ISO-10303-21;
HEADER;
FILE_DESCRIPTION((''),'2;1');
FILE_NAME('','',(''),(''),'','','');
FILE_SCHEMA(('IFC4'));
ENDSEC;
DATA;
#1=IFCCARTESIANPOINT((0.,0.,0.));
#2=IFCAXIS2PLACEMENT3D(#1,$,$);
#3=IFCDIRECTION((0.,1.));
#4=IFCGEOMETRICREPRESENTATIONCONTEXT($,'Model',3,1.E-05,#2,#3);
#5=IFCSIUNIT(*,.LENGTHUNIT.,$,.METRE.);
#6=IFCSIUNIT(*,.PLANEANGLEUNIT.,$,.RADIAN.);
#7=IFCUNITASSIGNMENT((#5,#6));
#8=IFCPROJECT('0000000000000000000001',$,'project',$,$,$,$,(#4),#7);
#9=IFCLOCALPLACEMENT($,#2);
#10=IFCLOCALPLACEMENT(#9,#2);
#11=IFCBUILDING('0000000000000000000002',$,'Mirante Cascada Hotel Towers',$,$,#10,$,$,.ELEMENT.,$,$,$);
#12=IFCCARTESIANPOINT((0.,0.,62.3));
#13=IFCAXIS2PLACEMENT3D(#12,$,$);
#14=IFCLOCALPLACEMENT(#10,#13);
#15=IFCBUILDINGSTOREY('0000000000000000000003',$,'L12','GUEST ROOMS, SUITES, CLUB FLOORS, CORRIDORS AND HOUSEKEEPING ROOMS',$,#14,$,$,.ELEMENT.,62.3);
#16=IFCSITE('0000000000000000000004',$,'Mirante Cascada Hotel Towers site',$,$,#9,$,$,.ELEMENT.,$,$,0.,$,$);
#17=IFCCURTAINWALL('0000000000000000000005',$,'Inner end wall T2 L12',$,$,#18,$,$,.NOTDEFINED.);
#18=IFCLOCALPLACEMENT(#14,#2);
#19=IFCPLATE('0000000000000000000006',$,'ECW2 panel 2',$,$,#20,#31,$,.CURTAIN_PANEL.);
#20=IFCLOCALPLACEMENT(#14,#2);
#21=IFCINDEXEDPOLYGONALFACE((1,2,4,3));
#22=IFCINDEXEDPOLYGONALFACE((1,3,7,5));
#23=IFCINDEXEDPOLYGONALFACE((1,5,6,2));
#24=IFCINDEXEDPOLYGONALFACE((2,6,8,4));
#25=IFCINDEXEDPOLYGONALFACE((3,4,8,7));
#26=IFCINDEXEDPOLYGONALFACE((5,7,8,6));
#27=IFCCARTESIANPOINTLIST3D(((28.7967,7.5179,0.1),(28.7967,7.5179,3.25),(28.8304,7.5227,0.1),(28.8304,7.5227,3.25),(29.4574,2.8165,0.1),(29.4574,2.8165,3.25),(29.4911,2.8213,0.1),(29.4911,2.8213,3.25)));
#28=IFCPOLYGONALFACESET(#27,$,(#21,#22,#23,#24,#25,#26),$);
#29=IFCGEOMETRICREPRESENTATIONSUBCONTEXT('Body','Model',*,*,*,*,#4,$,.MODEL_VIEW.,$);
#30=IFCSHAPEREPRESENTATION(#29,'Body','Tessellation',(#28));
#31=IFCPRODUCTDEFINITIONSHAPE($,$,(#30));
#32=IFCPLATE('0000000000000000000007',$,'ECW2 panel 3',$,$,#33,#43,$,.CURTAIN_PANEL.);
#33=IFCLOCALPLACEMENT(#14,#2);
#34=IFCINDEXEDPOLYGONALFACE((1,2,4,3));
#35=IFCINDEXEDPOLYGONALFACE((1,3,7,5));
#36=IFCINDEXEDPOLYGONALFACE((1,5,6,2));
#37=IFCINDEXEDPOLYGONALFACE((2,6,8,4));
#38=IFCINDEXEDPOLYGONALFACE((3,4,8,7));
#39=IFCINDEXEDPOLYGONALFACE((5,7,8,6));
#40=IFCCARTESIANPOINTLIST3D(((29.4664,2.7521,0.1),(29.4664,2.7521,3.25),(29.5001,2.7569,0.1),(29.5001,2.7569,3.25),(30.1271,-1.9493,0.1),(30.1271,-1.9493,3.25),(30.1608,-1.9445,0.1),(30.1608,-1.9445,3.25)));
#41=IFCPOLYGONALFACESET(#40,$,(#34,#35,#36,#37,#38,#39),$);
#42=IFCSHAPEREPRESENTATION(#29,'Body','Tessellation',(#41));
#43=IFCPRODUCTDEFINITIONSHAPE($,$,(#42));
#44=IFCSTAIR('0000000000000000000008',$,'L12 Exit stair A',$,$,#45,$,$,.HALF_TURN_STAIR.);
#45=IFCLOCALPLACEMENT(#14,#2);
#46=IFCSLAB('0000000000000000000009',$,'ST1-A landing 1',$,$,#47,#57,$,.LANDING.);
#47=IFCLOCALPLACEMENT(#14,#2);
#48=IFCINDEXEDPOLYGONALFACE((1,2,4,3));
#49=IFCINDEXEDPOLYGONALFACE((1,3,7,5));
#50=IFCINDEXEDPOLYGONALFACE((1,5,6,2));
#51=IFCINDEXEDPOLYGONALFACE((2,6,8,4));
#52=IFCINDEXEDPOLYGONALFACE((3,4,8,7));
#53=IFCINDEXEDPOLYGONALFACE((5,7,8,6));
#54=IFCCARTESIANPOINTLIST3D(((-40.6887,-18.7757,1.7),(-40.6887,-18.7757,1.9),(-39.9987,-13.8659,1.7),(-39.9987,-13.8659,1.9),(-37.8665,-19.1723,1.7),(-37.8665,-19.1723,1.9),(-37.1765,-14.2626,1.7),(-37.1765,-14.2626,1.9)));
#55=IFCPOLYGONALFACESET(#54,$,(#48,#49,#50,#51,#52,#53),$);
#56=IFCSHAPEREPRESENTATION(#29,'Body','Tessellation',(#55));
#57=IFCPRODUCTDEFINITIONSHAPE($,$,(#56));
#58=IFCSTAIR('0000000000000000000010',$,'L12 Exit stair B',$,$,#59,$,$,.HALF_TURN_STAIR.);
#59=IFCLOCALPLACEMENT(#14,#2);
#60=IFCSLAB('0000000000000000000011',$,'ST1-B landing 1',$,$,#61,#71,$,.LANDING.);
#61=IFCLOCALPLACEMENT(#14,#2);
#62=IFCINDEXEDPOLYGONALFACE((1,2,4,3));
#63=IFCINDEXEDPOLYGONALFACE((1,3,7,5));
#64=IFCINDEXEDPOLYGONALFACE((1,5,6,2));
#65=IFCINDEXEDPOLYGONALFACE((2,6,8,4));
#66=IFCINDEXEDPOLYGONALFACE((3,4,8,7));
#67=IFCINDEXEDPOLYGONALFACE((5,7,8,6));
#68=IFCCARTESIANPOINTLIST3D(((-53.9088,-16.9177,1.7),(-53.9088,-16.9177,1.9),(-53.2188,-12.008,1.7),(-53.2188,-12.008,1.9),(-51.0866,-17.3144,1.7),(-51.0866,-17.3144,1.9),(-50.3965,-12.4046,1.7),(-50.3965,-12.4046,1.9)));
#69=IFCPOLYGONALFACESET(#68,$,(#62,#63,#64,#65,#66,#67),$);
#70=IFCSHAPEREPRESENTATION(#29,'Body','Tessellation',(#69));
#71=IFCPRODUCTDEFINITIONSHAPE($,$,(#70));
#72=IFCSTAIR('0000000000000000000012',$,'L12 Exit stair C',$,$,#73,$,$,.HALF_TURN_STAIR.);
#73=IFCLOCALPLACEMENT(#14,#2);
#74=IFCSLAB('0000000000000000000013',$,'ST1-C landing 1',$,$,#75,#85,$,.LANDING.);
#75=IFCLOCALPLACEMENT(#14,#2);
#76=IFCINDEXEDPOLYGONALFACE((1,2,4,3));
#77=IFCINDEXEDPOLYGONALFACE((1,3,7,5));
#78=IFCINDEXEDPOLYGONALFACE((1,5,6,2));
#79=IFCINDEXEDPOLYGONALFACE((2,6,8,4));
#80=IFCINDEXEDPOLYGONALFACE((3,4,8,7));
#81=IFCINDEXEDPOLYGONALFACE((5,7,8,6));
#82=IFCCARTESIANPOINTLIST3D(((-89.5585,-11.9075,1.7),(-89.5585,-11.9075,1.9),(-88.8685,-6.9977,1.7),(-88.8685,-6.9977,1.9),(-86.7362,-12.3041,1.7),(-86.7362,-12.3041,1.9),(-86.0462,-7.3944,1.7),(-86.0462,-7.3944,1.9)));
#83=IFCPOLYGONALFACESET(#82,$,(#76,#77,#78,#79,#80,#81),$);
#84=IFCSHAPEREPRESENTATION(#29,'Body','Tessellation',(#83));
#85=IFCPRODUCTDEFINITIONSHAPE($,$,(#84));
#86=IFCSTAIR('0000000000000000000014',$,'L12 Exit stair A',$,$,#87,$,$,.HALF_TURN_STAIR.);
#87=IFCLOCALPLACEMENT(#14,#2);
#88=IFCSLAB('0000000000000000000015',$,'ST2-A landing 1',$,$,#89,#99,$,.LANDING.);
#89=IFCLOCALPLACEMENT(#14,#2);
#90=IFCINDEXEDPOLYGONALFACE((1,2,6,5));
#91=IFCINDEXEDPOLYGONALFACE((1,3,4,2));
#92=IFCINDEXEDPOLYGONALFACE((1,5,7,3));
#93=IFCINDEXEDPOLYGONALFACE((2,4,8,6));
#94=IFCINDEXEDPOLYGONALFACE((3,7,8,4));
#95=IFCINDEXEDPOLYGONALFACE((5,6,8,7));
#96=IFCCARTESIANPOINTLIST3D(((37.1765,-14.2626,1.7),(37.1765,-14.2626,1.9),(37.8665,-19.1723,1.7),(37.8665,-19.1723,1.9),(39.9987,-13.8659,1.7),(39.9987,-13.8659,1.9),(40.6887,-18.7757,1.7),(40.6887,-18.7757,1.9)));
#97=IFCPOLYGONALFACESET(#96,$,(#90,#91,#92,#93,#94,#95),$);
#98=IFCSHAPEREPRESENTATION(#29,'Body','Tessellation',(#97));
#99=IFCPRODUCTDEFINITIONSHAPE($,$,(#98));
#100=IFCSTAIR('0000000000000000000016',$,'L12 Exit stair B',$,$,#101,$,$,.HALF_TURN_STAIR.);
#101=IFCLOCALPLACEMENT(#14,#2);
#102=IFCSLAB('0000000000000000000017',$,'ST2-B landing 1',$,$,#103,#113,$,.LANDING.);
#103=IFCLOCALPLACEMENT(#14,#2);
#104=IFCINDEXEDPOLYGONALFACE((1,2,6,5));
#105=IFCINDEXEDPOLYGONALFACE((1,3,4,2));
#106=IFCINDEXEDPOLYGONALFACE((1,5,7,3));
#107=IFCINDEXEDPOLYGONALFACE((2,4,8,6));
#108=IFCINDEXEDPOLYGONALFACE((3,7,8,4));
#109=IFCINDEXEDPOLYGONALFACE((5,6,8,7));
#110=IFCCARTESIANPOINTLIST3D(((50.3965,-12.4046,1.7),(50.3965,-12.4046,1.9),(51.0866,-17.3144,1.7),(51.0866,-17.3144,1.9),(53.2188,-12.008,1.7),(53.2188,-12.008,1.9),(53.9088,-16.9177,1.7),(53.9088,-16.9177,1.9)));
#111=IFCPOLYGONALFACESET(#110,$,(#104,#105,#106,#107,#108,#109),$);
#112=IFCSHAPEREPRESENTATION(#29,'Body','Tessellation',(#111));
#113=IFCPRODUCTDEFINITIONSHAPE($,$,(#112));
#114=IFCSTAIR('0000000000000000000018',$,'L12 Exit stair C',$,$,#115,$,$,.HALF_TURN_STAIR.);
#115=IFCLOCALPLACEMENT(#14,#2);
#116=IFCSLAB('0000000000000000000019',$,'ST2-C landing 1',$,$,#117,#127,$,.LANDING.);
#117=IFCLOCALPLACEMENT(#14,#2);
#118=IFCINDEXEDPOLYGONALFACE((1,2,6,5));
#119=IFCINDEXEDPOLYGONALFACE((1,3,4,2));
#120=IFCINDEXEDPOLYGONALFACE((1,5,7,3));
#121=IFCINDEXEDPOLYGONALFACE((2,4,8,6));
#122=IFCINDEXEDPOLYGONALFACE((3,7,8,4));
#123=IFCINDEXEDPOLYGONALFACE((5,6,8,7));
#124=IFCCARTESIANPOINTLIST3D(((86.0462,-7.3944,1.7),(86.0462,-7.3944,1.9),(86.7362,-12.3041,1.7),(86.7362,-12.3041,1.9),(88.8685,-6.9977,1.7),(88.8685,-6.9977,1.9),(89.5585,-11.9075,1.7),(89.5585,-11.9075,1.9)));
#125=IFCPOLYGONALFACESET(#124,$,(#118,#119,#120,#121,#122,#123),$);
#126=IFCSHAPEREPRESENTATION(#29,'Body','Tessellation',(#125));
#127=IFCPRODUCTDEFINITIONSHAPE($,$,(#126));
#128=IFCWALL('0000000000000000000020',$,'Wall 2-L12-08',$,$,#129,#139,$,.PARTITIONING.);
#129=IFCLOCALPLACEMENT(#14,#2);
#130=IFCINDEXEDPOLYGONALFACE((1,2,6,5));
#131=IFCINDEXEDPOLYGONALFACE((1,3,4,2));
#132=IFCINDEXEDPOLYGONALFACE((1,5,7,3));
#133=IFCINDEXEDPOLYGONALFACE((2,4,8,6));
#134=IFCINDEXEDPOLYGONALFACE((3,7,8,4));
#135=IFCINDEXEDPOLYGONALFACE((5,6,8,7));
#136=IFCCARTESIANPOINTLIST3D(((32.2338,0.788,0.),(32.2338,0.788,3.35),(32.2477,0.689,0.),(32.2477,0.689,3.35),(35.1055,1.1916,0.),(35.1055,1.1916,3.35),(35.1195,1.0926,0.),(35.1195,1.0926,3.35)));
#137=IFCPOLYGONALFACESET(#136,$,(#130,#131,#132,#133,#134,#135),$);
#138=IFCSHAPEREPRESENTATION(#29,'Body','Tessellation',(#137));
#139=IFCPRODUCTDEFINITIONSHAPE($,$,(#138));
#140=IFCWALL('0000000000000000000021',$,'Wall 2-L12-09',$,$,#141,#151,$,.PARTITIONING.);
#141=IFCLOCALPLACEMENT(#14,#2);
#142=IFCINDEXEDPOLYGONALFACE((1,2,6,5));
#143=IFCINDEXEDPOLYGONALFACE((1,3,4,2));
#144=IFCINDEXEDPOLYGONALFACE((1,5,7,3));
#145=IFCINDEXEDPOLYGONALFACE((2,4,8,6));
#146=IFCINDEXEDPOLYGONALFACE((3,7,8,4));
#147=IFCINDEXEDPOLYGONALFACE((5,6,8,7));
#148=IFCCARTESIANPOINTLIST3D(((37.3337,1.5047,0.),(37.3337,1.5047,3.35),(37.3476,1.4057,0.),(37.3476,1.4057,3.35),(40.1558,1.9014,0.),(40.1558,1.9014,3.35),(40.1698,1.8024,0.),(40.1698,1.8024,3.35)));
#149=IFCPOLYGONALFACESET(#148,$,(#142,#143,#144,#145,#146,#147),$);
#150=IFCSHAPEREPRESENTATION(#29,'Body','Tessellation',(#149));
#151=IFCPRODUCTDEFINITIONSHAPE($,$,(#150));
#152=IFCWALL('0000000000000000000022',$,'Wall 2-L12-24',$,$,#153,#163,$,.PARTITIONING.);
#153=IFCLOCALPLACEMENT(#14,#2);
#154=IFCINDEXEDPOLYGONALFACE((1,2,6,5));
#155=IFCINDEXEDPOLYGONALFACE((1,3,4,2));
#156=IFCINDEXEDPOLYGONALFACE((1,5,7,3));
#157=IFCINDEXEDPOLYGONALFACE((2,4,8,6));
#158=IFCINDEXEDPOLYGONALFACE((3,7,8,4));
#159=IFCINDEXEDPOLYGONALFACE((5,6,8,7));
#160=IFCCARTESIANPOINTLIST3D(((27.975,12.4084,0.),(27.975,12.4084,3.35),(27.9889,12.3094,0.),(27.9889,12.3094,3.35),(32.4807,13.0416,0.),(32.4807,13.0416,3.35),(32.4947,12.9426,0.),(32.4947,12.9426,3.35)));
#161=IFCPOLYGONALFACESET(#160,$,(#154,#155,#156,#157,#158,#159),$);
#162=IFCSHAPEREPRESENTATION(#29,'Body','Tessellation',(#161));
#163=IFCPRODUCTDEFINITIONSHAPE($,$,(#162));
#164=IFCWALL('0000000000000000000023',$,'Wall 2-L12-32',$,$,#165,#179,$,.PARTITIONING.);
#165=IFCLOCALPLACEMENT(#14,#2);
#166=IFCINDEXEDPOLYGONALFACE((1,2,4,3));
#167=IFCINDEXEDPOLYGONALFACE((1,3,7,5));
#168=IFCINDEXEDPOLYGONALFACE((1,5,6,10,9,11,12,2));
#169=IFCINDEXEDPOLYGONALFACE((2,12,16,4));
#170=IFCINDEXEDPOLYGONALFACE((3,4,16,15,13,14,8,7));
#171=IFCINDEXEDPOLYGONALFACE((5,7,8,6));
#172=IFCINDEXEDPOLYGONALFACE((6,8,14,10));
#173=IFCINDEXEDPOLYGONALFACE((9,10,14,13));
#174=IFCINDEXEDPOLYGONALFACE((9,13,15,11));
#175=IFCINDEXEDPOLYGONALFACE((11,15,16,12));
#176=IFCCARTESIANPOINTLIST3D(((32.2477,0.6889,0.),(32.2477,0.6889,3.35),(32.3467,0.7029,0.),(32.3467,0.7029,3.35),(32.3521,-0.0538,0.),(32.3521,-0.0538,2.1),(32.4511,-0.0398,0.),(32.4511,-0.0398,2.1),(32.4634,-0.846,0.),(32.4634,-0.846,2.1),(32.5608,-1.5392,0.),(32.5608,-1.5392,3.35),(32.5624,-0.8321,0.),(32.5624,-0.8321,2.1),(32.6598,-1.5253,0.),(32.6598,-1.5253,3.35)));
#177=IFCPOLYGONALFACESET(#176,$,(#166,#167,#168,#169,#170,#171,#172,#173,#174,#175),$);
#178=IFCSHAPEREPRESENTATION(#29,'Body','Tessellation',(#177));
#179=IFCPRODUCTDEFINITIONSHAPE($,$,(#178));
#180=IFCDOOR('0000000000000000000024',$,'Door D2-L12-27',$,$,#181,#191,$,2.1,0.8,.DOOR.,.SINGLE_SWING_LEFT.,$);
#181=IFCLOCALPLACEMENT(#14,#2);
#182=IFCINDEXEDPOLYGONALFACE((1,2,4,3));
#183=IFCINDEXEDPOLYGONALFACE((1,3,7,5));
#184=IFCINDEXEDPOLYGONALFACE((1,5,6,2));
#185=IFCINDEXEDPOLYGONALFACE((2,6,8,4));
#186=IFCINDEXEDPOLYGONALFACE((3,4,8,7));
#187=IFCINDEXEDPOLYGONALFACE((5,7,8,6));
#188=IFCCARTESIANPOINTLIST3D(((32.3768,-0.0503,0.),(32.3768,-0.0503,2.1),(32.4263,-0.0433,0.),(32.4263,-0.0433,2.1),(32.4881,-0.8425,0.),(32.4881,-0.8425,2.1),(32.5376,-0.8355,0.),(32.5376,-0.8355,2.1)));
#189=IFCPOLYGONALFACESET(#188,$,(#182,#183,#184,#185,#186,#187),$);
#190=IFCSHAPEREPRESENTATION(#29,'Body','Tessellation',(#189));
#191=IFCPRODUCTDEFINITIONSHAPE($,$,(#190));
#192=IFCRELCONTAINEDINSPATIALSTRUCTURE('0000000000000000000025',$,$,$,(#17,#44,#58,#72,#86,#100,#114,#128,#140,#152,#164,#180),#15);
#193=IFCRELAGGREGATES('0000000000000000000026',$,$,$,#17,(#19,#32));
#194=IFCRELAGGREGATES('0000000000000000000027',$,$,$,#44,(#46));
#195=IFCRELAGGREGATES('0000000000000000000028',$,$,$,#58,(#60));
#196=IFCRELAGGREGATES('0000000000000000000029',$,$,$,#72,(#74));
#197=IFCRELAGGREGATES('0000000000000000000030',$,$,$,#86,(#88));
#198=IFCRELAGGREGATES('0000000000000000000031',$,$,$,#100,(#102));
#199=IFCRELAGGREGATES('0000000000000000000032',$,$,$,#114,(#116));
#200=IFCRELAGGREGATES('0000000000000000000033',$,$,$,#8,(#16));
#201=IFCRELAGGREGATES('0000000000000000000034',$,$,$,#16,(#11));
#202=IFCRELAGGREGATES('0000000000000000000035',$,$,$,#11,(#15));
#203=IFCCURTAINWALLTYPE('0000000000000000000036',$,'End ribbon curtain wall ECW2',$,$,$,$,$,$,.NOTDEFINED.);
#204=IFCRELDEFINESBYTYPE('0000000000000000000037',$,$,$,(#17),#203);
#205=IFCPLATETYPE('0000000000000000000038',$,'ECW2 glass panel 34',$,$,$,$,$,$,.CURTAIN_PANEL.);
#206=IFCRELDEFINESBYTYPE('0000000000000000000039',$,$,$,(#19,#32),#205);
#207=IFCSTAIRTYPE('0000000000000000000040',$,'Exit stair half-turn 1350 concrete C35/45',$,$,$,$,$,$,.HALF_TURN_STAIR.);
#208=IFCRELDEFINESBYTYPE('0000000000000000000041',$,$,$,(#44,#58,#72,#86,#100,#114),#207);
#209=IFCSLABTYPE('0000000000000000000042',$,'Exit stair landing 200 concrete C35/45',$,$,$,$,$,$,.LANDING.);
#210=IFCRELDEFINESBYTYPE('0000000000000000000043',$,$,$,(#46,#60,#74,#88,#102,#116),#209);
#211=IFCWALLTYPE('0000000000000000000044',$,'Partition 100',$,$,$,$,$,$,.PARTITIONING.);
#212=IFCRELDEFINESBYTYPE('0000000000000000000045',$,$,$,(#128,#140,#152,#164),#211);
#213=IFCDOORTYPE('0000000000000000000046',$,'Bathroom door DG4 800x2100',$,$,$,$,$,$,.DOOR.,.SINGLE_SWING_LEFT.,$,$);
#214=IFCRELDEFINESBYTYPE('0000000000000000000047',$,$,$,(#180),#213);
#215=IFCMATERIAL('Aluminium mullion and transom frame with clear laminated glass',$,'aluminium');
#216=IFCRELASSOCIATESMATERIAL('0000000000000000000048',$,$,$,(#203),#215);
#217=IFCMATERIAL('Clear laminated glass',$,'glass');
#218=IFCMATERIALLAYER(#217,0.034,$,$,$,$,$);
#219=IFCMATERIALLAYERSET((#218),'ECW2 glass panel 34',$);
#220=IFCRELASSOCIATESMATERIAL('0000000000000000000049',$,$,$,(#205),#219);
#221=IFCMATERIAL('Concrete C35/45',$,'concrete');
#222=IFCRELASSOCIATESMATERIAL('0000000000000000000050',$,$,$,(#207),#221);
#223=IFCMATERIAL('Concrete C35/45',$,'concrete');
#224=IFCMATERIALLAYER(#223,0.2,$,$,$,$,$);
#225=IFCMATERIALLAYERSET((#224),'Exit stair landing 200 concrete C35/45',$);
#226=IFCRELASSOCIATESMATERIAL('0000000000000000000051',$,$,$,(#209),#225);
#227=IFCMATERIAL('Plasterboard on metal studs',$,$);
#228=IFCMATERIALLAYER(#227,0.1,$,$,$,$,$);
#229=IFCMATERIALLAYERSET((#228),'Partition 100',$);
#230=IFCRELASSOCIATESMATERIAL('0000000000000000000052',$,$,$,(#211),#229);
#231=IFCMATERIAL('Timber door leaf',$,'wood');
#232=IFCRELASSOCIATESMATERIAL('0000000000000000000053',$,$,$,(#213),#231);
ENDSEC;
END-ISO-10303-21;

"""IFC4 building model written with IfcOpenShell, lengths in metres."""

from ifc_helpers import new_model, si_unit, direction, frame, frame_2d, origin, origin_2d, place, context, subcontext, project, spatial, polyline, rectangle, outline, extrude, material, layer, layer_set, type_object, element, fill, aggregate, save


model = new_model("IFC4")

# Units and contexts
model_context = context("Model", 3, precision=1e-05, world=origin(), true_north=direction((0.0, 1.0)))
body_context = subcontext(model_context, "Body", "Model", "MODEL_VIEW")
ifc_project = project(units=[si_unit("LENGTHUNIT", "METRE"), si_unit("PLANEANGLEUNIT", "RADIAN")], contexts=[model_context])

# Site, building, storey
site_placement = place(None, origin())
site = spatial("IfcSite", under=ifc_project, at=site_placement, Name="Mirante Cascada Hotel Towers site", CompositionType="ELEMENT", RefElevation=0.0)
building_placement = place(site_placement, origin())
building = spatial("IfcBuilding", under=site, at=building_placement, Name="Mirante Cascada Hotel Towers", CompositionType="ELEMENT")
storey_placement = place(building_placement, frame((0.0, 0.0, 62.3)))
storey = spatial("IfcBuildingStorey", under=building, at=storey_placement, Name="L12", Description="GUEST ROOMS, SUITES, CLUB FLOORS, CORRIDORS AND HOUSEKEEPING ROOMS", CompositionType="ELEMENT", Elevation=62.3)

# Curtain wall
ifc_material_1 = material(Name="Aluminium mullion and transom frame with clear laminated glass", Category="aluminium")
curtain_wall_type_1 = type_object("IfcCurtainWallType", Name="End ribbon curtain wall ECW2", PredefinedType="NOTDEFINED", material=ifc_material_1)
curtain_wall_1_placement = place(storey_placement, origin())
curtain_wall_1 = element("IfcCurtainWall", 1, at=curtain_wall_1_placement, inside=storey, type_object=curtain_wall_type_1, Name="Inner end wall T2 L12", PredefinedType="NOTDEFINED")

# Plates
ifc_material_2 = material(Name="Clear laminated glass", Category="glass")
ifc_layer_1 = layer(ifc_material_2, 0.034)
ifc_layer_set_1 = layer_set([ifc_layer_1], Name="ECW2 glass panel 34")
plate_type_1 = type_object("IfcPlateType", Name="ECW2 glass panel 34", PredefinedType="CURTAIN_PANEL", material=ifc_layer_set_1)
plate_1_placement = place(storey_placement, frame((29.1439, 5.1696, 0.1), z_axis=(0.0, 0.0, 1.0), x_axis=(0.139173, -0.990268, 0.0)))
plate_1 = element("IfcPlate", 2, at=plate_1_placement, type_object=plate_type_1, Name="ECW2 panel 2", PredefinedType="CURTAIN_PANEL", context=body_context, shape_type="SweptSolid", body=[
    extrude(rectangle(XDim=4.7476, YDim=0.034, at=origin_2d()), origin(), (0.0, 0.0, 1.0), 3.15),
])
plate_2_placement = place(storey_placement, frame((29.8136, 0.4038, 0.1), z_axis=(0.0, 0.0, 1.0), x_axis=(0.139173, -0.990268, 0.0)))
plate_2 = element("IfcPlate", 3, at=plate_2_placement, type_object=plate_type_1, Name="ECW2 panel 3", PredefinedType="CURTAIN_PANEL", context=body_context, shape_type="SweptSolid", body=[
    extrude(rectangle(XDim=4.7476, YDim=0.034, at=origin_2d()), origin(), (0.0, 0.0, 1.0), 3.15),
])
aggregate(curtain_wall_1, [plate_1, plate_2])

# Stairs, slabs
ifc_material_3 = material(Name="Concrete C35/45", Category="concrete")
stair_type = type_object("IfcStairType", Name="Exit stair half-turn 1350 concrete C35/45", PredefinedType="HALF_TURN_STAIR", material=ifc_material_3)
stair_1_placement = place(storey_placement, origin())
stair_1 = element("IfcStair", 4, at=stair_1_placement, inside=storey, type_object=stair_type, Name="L12 Exit stair A", PredefinedType="HALF_TURN_STAIR")
ifc_material_4 = material(Name="Concrete C35/45", Category="concrete")
ifc_layer_2 = layer(ifc_material_4, 0.2)
ifc_layer_set_2 = layer_set([ifc_layer_2], Name="Exit stair landing 200 concrete C35/45")
slab_type = type_object("IfcSlabType", Name="Exit stair landing 200 concrete C35/45", PredefinedType="LANDING", material=ifc_layer_set_2)
slab_1_placement = place(storey_placement, frame((0.0, 0.0, 1.7)))
slab_1 = element("IfcSlab", 5, at=slab_1_placement, type_object=slab_type, Name="ST1-A landing 1", PredefinedType="LANDING", context=body_context, shape_type="SweptSolid", body=[
    extrude(outline(polyline([(-39.9987, -13.8659), (-40.6887, -18.7757), (-37.8665, -19.1723), (-37.1765, -14.2626), (-39.9987, -13.8659)])), origin(), (0.0, 0.0, 1.0), 0.2),
])
aggregate(stair_1, [slab_1])
stair_2_placement = place(storey_placement, origin())
stair_2 = element("IfcStair", 6, at=stair_2_placement, inside=storey, type_object=stair_type, Name="L12 Exit stair B", PredefinedType="HALF_TURN_STAIR")
slab_2_placement = place(storey_placement, frame((0.0, 0.0, 1.7)))
slab_2 = element("IfcSlab", 7, at=slab_2_placement, type_object=slab_type, Name="ST1-B landing 1", PredefinedType="LANDING", context=body_context, shape_type="SweptSolid", body=[
    extrude(outline(polyline([(-53.2188, -12.008), (-53.9088, -16.9177), (-51.0866, -17.3144), (-50.3965, -12.4046), (-53.2188, -12.008)])), origin(), (0.0, 0.0, 1.0), 0.2),
])
aggregate(stair_2, [slab_2])
stair_3_placement = place(storey_placement, origin())
stair_3 = element("IfcStair", 8, at=stair_3_placement, inside=storey, type_object=stair_type, Name="L12 Exit stair C", PredefinedType="HALF_TURN_STAIR")
slab_3_placement = place(storey_placement, frame((0.0, 0.0, 1.7)))
slab_3 = element("IfcSlab", 9, at=slab_3_placement, type_object=slab_type, Name="ST1-C landing 1", PredefinedType="LANDING", context=body_context, shape_type="SweptSolid", body=[
    extrude(outline(polyline([(-88.8685, -6.9977), (-89.5585, -11.9075), (-86.7362, -12.3041), (-86.0462, -7.3944), (-88.8685, -6.9977)])), origin(), (0.0, 0.0, 1.0), 0.2),
])
aggregate(stair_3, [slab_3])
stair_4_placement = place(storey_placement, origin())
stair_4 = element("IfcStair", 10, at=stair_4_placement, inside=storey, type_object=stair_type, Name="L12 Exit stair A", PredefinedType="HALF_TURN_STAIR")
slab_4_placement = place(storey_placement, frame((0.0, 0.0, 1.7)))
slab_4 = element("IfcSlab", 11, at=slab_4_placement, type_object=slab_type, Name="ST2-A landing 1", PredefinedType="LANDING", context=body_context, shape_type="SweptSolid", body=[
    extrude(outline(polyline([(37.1765, -14.2626), (37.8665, -19.1723), (40.6887, -18.7757), (39.9987, -13.8659), (37.1765, -14.2626)])), origin(), (0.0, 0.0, 1.0), 0.2),
])
aggregate(stair_4, [slab_4])
stair_5_placement = place(storey_placement, origin())
stair_5 = element("IfcStair", 12, at=stair_5_placement, inside=storey, type_object=stair_type, Name="L12 Exit stair B", PredefinedType="HALF_TURN_STAIR")
slab_5_placement = place(storey_placement, frame((0.0, 0.0, 1.7)))
slab_5 = element("IfcSlab", 13, at=slab_5_placement, type_object=slab_type, Name="ST2-B landing 1", PredefinedType="LANDING", context=body_context, shape_type="SweptSolid", body=[
    extrude(outline(polyline([(50.3965, -12.4046), (51.0866, -17.3144), (53.9088, -16.9177), (53.2188, -12.008), (50.3965, -12.4046)])), origin(), (0.0, 0.0, 1.0), 0.2),
])
aggregate(stair_5, [slab_5])
stair_6_placement = place(storey_placement, origin())
stair_6 = element("IfcStair", 14, at=stair_6_placement, inside=storey, type_object=stair_type, Name="L12 Exit stair C", PredefinedType="HALF_TURN_STAIR")
slab_6_placement = place(storey_placement, frame((0.0, 0.0, 1.7)))
slab_6 = element("IfcSlab", 15, at=slab_6_placement, type_object=slab_type, Name="ST2-C landing 1", PredefinedType="LANDING", context=body_context, shape_type="SweptSolid", body=[
    extrude(outline(polyline([(86.0462, -7.3944), (86.7362, -12.3041), (89.5585, -11.9075), (88.8685, -6.9977), (86.0462, -7.3944)])), origin(), (0.0, 0.0, 1.0), 0.2),
])
aggregate(stair_6, [slab_6])

# Walls
ifc_material_5 = material(Name="Plasterboard on metal studs")
ifc_layer_3 = layer(ifc_material_5, 0.1)
ifc_layer_set_3 = layer_set([ifc_layer_3], Name="Partition 100")
wall_type_1 = type_object("IfcWallType", Name="Partition 100", PredefinedType="PARTITIONING", material=ifc_layer_set_3)
wall_1_placement = place(storey_placement, frame((35.1125, 1.1421, 0.0), z_axis=(0.0, 0.0, 1.0), x_axis=(-0.990268, -0.139171, 0.0)))
element("IfcWall", 16, at=wall_1_placement, inside=storey, type_object=wall_type_1, Name="Wall 2-L12-08", PredefinedType="PARTITIONING", context=body_context, shape_type="SweptSolid", body=[
    extrude(rectangle(XDim=2.9, YDim=0.1, at=frame_2d((1.45, 0.0))), origin(), (0.0, 0.0, 1.0), 3.35),
])
wall_2_placement = place(storey_placement, frame((37.3406, 1.4552, 0.0), z_axis=(0.0, 0.0, 1.0), x_axis=(0.990265, 0.139196, 0.0)))
element("IfcWall", 17, at=wall_2_placement, inside=storey, type_object=wall_type_1, Name="Wall 2-L12-09", PredefinedType="PARTITIONING", context=body_context, shape_type="SweptSolid", body=[
    extrude(rectangle(XDim=2.8499, YDim=0.1, at=frame_2d((1.425, 0.0))), origin(), (0.0, 0.0, 1.0), 3.35),
])
wall_3_placement = place(storey_placement, frame((32.4877, 12.9921, 0.0), z_axis=(0.0, 0.0, 1.0), x_axis=(-0.990269, -0.139166, 0.0)))
element("IfcWall", 18, at=wall_3_placement, inside=storey, type_object=wall_type_1, Name="Wall 2-L12-24", PredefinedType="PARTITIONING", context=body_context, shape_type="SweptSolid", body=[
    extrude(rectangle(XDim=4.55, YDim=0.1, at=frame_2d((2.275, 0.0))), origin(), (0.0, 0.0, 1.0), 3.35),
])

# Wall, opening, door
wall_4_placement = place(storey_placement, frame((32.2972, 0.6959, 0.0), z_axis=(0.0, 0.0, 1.0), x_axis=(0.139156, -0.990271, 0.0)))
wall_4 = element("IfcWall", 19, at=wall_4_placement, inside=storey, type_object=wall_type_1, Name="Wall 2-L12-32", PredefinedType="PARTITIONING", context=body_context, shape_type="SweptSolid", body=[
    extrude(rectangle(XDim=2.25, YDim=0.1, at=frame_2d((1.125, 0.0))), origin(), (0.0, 0.0, 1.0), 3.35),
])
opening_1_placement = place(wall_4_placement, frame((0.75, 0.0, 0.0)))
opening_1 = element("IfcOpeningElement", 20, at=opening_1_placement, cuts=wall_4, PredefinedType="OPENING", context=body_context, shape_type="SweptSolid", body=[
    extrude(rectangle(XDim=0.8, YDim=2.1, at=frame_2d((0.4, 1.05))), frame((0.0, 0.05, 0.0), z_axis=(0.0, -1.0, 0.0), x_axis=(1.0, 0.0, 0.0)), (0.0, 0.0, 1.0), 0.1),
])
ifc_material_6 = material(Name="Timber door leaf", Category="wood")
door_type_1 = type_object("IfcDoorType", Name="Bathroom door DG4 800x2100", OperationType="SINGLE_SWING_LEFT", PredefinedType="DOOR", material=ifc_material_6)
door_1_placement = place(opening_1_placement, origin())
door_1 = element("IfcDoor", 21, at=door_1_placement, inside=storey, type_object=door_type_1, Name="Door D2-L12-27", OperationType="SINGLE_SWING_LEFT", OverallHeight=2.1, OverallWidth=0.8, PredefinedType="DOOR", context=body_context, shape_type="SweptSolid", body=[
    extrude(rectangle(XDim=0.8, YDim=2.1, at=frame_2d((0.4, 1.05))), frame((0.0, 0.025, 0.0), z_axis=(0.0, -1.0, 0.0), x_axis=(1.0, 0.0, 0.0)), (0.0, 0.0, 1.0), 0.05),
])
fill(opening_1, door_1)

save(model, "model.ifc")
